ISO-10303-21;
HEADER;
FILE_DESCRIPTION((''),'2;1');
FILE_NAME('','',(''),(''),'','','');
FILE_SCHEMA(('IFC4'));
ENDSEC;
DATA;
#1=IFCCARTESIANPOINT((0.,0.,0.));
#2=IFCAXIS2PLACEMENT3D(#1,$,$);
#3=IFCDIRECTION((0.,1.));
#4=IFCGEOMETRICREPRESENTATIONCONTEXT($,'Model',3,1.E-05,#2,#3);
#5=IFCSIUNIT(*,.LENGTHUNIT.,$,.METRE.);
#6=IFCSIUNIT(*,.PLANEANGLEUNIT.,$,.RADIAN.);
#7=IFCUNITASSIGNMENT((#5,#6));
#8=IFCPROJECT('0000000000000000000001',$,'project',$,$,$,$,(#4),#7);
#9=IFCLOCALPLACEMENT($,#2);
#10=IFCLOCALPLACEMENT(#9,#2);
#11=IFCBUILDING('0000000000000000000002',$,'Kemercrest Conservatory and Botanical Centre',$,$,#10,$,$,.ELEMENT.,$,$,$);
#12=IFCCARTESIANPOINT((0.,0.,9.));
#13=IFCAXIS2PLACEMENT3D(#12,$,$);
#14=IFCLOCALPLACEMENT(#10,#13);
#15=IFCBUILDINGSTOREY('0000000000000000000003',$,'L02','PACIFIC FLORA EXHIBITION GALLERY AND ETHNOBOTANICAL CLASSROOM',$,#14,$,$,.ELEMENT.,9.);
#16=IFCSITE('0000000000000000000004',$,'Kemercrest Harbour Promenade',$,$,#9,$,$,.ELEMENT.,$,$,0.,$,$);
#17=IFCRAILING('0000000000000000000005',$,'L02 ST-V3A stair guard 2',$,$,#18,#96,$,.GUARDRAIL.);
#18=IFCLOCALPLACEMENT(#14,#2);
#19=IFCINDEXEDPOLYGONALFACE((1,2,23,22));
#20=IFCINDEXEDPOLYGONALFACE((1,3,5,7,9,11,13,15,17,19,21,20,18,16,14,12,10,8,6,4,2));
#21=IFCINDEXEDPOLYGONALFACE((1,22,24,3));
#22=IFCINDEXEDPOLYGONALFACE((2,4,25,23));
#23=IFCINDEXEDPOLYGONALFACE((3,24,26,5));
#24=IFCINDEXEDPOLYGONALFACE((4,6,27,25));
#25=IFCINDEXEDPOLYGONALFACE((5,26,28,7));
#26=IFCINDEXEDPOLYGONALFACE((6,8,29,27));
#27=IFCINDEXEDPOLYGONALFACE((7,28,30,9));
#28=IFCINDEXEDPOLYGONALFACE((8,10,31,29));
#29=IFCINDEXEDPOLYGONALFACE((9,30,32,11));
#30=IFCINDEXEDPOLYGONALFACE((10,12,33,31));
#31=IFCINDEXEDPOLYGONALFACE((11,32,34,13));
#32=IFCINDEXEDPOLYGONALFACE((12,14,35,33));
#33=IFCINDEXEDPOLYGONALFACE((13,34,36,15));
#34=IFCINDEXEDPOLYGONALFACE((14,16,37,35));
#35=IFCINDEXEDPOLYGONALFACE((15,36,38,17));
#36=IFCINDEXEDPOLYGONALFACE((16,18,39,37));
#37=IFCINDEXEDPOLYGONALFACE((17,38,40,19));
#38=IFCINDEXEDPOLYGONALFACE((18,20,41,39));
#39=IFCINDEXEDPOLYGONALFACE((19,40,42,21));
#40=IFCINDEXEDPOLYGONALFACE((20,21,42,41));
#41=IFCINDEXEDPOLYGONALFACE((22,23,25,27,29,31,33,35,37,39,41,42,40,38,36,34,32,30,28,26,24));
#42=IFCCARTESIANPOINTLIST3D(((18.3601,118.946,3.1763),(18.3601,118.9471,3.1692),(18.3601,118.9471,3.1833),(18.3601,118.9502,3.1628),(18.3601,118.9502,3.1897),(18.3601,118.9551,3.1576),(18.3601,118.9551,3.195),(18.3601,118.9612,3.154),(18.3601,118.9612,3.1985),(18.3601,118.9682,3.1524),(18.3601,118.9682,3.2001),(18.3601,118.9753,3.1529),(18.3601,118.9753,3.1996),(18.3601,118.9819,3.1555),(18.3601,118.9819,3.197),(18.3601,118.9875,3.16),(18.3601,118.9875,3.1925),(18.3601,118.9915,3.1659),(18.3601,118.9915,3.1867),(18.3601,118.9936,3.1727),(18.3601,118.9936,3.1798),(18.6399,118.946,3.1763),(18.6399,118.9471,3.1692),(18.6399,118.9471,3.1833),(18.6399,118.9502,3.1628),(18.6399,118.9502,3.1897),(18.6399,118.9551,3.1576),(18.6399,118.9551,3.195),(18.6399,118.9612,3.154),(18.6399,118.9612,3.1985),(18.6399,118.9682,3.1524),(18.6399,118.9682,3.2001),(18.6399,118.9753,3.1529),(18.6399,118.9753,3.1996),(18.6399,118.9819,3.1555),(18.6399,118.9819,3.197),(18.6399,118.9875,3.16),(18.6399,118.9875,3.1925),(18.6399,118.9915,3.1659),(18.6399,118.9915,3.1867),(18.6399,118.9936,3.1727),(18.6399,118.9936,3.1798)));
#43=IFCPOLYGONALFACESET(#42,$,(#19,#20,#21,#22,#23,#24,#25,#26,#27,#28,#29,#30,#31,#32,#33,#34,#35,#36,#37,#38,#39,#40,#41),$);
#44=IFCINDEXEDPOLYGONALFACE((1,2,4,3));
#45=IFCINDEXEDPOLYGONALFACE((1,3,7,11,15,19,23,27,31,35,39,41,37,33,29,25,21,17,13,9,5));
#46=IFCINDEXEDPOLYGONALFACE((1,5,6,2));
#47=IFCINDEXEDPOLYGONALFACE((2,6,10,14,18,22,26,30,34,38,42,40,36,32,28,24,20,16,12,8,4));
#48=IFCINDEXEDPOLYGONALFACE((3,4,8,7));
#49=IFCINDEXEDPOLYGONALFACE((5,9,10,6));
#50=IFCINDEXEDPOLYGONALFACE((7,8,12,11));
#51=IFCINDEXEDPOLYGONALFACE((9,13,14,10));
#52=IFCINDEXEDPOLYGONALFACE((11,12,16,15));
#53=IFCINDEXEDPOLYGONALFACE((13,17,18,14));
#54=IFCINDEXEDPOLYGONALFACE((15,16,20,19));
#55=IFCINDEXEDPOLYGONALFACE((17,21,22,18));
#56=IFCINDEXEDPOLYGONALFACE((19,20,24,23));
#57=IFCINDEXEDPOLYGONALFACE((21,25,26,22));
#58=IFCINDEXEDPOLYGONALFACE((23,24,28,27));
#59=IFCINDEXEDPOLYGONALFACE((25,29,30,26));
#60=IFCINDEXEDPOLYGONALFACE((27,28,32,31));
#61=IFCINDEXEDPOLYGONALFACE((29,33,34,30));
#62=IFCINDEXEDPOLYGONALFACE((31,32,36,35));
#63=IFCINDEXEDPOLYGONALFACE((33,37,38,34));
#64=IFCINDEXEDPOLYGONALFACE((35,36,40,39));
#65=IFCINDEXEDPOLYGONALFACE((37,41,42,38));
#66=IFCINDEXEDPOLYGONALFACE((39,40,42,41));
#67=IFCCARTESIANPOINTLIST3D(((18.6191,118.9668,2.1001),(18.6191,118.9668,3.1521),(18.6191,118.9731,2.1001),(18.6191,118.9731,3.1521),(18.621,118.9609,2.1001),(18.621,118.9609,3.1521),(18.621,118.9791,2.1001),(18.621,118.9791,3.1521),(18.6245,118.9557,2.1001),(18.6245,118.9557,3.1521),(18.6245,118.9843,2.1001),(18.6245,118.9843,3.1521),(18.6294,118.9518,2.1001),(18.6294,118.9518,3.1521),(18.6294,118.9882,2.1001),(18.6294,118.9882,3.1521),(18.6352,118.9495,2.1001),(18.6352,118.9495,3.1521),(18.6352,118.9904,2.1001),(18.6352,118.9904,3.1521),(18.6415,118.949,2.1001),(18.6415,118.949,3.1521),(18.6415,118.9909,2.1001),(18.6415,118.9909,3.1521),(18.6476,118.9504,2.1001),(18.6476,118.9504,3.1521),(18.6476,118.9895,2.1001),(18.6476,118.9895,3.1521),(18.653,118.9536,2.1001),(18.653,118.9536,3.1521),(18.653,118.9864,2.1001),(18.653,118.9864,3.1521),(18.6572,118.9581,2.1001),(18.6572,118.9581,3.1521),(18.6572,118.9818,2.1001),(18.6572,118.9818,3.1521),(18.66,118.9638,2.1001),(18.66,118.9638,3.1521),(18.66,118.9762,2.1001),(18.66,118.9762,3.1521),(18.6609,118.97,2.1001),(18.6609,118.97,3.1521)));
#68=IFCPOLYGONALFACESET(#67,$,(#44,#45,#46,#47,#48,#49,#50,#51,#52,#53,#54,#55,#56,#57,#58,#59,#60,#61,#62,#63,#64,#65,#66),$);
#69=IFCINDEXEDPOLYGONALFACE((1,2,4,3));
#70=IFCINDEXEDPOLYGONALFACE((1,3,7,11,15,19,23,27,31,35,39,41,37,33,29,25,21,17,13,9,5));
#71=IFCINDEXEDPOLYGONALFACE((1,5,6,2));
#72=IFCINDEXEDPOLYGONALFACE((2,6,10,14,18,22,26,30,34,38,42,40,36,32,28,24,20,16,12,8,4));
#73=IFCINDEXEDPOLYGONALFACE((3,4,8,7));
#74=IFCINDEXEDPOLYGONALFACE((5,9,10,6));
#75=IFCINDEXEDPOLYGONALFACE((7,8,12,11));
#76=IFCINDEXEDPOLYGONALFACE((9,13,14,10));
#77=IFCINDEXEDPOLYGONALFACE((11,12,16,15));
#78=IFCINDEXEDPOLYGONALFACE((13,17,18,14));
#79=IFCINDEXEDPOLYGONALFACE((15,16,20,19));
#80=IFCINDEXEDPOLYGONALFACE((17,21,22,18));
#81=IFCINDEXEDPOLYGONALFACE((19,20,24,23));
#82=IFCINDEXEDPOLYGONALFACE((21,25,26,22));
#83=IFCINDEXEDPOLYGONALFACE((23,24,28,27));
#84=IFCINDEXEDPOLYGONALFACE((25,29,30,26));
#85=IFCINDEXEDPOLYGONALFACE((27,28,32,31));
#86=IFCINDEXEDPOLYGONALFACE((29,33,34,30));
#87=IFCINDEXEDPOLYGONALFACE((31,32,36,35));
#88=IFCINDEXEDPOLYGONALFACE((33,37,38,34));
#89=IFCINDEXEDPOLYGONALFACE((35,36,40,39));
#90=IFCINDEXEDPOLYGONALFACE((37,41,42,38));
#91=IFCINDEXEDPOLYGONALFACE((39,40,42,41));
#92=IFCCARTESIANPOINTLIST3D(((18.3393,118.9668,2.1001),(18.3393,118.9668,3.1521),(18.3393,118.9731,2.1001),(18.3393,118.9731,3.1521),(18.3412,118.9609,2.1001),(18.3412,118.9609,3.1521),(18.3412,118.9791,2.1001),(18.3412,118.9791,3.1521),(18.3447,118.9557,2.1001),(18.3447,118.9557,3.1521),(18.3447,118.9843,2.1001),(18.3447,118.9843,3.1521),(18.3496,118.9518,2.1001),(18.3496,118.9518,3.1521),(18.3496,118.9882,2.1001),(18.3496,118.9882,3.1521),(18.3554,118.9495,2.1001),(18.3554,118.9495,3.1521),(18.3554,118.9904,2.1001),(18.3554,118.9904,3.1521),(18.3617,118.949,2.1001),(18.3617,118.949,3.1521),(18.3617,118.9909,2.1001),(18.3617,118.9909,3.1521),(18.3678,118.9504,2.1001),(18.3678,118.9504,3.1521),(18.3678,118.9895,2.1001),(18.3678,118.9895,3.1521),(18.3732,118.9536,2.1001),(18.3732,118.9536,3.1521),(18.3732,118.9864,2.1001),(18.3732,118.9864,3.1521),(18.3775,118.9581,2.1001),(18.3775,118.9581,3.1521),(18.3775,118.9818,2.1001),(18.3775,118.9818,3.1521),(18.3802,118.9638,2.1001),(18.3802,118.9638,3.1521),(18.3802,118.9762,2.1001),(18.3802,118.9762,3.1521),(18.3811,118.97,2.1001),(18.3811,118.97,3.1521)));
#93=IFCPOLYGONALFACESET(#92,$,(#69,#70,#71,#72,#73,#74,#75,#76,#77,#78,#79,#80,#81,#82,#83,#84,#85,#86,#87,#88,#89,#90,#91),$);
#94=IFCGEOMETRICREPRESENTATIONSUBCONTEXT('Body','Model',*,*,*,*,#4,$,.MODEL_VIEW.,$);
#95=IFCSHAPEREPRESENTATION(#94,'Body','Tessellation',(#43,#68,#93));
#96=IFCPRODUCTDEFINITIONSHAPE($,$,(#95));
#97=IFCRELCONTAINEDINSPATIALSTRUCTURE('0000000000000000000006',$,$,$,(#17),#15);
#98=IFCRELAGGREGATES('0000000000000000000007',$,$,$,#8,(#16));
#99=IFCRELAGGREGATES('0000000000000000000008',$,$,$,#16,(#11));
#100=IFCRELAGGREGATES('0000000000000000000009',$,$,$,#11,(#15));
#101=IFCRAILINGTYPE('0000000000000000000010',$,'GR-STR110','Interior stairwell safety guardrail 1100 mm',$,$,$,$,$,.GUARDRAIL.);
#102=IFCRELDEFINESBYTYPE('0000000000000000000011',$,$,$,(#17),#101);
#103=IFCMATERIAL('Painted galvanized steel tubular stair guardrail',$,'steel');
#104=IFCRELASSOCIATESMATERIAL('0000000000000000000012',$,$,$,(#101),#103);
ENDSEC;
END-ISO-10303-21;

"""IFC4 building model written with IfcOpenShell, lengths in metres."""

from ifc_helpers import new_model, si_unit, direction, frame, origin, origin_2d, place, context, subcontext, project, spatial, circle, extrude, material, type_object, element, save


model = new_model("IFC4")

# Units and contexts
model_context = context("Model", 3, precision=1e-05, world=origin(), true_north=direction((0.0, 1.0)))
body_context = subcontext(model_context, "Body", "Model", "MODEL_VIEW")
ifc_project = project(units=[si_unit("LENGTHUNIT", "METRE"), si_unit("PLANEANGLEUNIT", "RADIAN")], contexts=[model_context])

# Site, building, storey
site_placement = place(None, origin())
site = spatial("IfcSite", under=ifc_project, at=site_placement, Name="Kemercrest Harbour Promenade", CompositionType="ELEMENT", RefElevation=0.0)
building_placement = place(site_placement, origin())
building = spatial("IfcBuilding", under=site, at=building_placement, Name="Kemercrest Conservatory and Botanical Centre", CompositionType="ELEMENT")
storey_placement = place(building_placement, frame((0.0, 0.0, 9.0)))
storey = spatial("IfcBuildingStorey", under=building, at=storey_placement, Name="L02", Description="PACIFIC FLORA EXHIBITION GALLERY AND ETHNOBOTANICAL CLASSROOM", CompositionType="ELEMENT", Elevation=9.0)

# Railing
ifc_material_1 = material(Name="Painted galvanized steel tubular stair guardrail", Category="steel")
railing_type_1 = type_object("IfcRailingType", Name="GR-STR110", Description="Interior stairwell safety guardrail 1100 mm", PredefinedType="GUARDRAIL", material=ifc_material_1)
railing_1_placement = place(storey_placement, frame((18.6399, 118.97, 2.1001)))
element("IfcRailing", 1, at=railing_1_placement, inside=storey, type_object=railing_type_1, Name="L02 ST-V3A stair guard 2", PredefinedType="GUARDRAIL", context=body_context, shape_type="SweptSolid", body=[
    extrude(circle(Radius=0.0239, at=origin_2d()), frame((0.0, 0.0, 1.0762), z_axis=(-1.0, 0.0, 0.0), x_axis=(0.0, -1.0, 0.0)), (0.0, 0.0, 1.0), 0.2798),
    extrude(circle(Radius=0.021, at=origin_2d()), origin(), (0.0, 0.0, 1.0), 1.052),
    extrude(circle(Radius=0.021, at=origin_2d()), frame((-0.2798, 0.0, 0.0)), (0.0, 0.0, 1.0), 1.052),
])

save(model, "model.ifc")
